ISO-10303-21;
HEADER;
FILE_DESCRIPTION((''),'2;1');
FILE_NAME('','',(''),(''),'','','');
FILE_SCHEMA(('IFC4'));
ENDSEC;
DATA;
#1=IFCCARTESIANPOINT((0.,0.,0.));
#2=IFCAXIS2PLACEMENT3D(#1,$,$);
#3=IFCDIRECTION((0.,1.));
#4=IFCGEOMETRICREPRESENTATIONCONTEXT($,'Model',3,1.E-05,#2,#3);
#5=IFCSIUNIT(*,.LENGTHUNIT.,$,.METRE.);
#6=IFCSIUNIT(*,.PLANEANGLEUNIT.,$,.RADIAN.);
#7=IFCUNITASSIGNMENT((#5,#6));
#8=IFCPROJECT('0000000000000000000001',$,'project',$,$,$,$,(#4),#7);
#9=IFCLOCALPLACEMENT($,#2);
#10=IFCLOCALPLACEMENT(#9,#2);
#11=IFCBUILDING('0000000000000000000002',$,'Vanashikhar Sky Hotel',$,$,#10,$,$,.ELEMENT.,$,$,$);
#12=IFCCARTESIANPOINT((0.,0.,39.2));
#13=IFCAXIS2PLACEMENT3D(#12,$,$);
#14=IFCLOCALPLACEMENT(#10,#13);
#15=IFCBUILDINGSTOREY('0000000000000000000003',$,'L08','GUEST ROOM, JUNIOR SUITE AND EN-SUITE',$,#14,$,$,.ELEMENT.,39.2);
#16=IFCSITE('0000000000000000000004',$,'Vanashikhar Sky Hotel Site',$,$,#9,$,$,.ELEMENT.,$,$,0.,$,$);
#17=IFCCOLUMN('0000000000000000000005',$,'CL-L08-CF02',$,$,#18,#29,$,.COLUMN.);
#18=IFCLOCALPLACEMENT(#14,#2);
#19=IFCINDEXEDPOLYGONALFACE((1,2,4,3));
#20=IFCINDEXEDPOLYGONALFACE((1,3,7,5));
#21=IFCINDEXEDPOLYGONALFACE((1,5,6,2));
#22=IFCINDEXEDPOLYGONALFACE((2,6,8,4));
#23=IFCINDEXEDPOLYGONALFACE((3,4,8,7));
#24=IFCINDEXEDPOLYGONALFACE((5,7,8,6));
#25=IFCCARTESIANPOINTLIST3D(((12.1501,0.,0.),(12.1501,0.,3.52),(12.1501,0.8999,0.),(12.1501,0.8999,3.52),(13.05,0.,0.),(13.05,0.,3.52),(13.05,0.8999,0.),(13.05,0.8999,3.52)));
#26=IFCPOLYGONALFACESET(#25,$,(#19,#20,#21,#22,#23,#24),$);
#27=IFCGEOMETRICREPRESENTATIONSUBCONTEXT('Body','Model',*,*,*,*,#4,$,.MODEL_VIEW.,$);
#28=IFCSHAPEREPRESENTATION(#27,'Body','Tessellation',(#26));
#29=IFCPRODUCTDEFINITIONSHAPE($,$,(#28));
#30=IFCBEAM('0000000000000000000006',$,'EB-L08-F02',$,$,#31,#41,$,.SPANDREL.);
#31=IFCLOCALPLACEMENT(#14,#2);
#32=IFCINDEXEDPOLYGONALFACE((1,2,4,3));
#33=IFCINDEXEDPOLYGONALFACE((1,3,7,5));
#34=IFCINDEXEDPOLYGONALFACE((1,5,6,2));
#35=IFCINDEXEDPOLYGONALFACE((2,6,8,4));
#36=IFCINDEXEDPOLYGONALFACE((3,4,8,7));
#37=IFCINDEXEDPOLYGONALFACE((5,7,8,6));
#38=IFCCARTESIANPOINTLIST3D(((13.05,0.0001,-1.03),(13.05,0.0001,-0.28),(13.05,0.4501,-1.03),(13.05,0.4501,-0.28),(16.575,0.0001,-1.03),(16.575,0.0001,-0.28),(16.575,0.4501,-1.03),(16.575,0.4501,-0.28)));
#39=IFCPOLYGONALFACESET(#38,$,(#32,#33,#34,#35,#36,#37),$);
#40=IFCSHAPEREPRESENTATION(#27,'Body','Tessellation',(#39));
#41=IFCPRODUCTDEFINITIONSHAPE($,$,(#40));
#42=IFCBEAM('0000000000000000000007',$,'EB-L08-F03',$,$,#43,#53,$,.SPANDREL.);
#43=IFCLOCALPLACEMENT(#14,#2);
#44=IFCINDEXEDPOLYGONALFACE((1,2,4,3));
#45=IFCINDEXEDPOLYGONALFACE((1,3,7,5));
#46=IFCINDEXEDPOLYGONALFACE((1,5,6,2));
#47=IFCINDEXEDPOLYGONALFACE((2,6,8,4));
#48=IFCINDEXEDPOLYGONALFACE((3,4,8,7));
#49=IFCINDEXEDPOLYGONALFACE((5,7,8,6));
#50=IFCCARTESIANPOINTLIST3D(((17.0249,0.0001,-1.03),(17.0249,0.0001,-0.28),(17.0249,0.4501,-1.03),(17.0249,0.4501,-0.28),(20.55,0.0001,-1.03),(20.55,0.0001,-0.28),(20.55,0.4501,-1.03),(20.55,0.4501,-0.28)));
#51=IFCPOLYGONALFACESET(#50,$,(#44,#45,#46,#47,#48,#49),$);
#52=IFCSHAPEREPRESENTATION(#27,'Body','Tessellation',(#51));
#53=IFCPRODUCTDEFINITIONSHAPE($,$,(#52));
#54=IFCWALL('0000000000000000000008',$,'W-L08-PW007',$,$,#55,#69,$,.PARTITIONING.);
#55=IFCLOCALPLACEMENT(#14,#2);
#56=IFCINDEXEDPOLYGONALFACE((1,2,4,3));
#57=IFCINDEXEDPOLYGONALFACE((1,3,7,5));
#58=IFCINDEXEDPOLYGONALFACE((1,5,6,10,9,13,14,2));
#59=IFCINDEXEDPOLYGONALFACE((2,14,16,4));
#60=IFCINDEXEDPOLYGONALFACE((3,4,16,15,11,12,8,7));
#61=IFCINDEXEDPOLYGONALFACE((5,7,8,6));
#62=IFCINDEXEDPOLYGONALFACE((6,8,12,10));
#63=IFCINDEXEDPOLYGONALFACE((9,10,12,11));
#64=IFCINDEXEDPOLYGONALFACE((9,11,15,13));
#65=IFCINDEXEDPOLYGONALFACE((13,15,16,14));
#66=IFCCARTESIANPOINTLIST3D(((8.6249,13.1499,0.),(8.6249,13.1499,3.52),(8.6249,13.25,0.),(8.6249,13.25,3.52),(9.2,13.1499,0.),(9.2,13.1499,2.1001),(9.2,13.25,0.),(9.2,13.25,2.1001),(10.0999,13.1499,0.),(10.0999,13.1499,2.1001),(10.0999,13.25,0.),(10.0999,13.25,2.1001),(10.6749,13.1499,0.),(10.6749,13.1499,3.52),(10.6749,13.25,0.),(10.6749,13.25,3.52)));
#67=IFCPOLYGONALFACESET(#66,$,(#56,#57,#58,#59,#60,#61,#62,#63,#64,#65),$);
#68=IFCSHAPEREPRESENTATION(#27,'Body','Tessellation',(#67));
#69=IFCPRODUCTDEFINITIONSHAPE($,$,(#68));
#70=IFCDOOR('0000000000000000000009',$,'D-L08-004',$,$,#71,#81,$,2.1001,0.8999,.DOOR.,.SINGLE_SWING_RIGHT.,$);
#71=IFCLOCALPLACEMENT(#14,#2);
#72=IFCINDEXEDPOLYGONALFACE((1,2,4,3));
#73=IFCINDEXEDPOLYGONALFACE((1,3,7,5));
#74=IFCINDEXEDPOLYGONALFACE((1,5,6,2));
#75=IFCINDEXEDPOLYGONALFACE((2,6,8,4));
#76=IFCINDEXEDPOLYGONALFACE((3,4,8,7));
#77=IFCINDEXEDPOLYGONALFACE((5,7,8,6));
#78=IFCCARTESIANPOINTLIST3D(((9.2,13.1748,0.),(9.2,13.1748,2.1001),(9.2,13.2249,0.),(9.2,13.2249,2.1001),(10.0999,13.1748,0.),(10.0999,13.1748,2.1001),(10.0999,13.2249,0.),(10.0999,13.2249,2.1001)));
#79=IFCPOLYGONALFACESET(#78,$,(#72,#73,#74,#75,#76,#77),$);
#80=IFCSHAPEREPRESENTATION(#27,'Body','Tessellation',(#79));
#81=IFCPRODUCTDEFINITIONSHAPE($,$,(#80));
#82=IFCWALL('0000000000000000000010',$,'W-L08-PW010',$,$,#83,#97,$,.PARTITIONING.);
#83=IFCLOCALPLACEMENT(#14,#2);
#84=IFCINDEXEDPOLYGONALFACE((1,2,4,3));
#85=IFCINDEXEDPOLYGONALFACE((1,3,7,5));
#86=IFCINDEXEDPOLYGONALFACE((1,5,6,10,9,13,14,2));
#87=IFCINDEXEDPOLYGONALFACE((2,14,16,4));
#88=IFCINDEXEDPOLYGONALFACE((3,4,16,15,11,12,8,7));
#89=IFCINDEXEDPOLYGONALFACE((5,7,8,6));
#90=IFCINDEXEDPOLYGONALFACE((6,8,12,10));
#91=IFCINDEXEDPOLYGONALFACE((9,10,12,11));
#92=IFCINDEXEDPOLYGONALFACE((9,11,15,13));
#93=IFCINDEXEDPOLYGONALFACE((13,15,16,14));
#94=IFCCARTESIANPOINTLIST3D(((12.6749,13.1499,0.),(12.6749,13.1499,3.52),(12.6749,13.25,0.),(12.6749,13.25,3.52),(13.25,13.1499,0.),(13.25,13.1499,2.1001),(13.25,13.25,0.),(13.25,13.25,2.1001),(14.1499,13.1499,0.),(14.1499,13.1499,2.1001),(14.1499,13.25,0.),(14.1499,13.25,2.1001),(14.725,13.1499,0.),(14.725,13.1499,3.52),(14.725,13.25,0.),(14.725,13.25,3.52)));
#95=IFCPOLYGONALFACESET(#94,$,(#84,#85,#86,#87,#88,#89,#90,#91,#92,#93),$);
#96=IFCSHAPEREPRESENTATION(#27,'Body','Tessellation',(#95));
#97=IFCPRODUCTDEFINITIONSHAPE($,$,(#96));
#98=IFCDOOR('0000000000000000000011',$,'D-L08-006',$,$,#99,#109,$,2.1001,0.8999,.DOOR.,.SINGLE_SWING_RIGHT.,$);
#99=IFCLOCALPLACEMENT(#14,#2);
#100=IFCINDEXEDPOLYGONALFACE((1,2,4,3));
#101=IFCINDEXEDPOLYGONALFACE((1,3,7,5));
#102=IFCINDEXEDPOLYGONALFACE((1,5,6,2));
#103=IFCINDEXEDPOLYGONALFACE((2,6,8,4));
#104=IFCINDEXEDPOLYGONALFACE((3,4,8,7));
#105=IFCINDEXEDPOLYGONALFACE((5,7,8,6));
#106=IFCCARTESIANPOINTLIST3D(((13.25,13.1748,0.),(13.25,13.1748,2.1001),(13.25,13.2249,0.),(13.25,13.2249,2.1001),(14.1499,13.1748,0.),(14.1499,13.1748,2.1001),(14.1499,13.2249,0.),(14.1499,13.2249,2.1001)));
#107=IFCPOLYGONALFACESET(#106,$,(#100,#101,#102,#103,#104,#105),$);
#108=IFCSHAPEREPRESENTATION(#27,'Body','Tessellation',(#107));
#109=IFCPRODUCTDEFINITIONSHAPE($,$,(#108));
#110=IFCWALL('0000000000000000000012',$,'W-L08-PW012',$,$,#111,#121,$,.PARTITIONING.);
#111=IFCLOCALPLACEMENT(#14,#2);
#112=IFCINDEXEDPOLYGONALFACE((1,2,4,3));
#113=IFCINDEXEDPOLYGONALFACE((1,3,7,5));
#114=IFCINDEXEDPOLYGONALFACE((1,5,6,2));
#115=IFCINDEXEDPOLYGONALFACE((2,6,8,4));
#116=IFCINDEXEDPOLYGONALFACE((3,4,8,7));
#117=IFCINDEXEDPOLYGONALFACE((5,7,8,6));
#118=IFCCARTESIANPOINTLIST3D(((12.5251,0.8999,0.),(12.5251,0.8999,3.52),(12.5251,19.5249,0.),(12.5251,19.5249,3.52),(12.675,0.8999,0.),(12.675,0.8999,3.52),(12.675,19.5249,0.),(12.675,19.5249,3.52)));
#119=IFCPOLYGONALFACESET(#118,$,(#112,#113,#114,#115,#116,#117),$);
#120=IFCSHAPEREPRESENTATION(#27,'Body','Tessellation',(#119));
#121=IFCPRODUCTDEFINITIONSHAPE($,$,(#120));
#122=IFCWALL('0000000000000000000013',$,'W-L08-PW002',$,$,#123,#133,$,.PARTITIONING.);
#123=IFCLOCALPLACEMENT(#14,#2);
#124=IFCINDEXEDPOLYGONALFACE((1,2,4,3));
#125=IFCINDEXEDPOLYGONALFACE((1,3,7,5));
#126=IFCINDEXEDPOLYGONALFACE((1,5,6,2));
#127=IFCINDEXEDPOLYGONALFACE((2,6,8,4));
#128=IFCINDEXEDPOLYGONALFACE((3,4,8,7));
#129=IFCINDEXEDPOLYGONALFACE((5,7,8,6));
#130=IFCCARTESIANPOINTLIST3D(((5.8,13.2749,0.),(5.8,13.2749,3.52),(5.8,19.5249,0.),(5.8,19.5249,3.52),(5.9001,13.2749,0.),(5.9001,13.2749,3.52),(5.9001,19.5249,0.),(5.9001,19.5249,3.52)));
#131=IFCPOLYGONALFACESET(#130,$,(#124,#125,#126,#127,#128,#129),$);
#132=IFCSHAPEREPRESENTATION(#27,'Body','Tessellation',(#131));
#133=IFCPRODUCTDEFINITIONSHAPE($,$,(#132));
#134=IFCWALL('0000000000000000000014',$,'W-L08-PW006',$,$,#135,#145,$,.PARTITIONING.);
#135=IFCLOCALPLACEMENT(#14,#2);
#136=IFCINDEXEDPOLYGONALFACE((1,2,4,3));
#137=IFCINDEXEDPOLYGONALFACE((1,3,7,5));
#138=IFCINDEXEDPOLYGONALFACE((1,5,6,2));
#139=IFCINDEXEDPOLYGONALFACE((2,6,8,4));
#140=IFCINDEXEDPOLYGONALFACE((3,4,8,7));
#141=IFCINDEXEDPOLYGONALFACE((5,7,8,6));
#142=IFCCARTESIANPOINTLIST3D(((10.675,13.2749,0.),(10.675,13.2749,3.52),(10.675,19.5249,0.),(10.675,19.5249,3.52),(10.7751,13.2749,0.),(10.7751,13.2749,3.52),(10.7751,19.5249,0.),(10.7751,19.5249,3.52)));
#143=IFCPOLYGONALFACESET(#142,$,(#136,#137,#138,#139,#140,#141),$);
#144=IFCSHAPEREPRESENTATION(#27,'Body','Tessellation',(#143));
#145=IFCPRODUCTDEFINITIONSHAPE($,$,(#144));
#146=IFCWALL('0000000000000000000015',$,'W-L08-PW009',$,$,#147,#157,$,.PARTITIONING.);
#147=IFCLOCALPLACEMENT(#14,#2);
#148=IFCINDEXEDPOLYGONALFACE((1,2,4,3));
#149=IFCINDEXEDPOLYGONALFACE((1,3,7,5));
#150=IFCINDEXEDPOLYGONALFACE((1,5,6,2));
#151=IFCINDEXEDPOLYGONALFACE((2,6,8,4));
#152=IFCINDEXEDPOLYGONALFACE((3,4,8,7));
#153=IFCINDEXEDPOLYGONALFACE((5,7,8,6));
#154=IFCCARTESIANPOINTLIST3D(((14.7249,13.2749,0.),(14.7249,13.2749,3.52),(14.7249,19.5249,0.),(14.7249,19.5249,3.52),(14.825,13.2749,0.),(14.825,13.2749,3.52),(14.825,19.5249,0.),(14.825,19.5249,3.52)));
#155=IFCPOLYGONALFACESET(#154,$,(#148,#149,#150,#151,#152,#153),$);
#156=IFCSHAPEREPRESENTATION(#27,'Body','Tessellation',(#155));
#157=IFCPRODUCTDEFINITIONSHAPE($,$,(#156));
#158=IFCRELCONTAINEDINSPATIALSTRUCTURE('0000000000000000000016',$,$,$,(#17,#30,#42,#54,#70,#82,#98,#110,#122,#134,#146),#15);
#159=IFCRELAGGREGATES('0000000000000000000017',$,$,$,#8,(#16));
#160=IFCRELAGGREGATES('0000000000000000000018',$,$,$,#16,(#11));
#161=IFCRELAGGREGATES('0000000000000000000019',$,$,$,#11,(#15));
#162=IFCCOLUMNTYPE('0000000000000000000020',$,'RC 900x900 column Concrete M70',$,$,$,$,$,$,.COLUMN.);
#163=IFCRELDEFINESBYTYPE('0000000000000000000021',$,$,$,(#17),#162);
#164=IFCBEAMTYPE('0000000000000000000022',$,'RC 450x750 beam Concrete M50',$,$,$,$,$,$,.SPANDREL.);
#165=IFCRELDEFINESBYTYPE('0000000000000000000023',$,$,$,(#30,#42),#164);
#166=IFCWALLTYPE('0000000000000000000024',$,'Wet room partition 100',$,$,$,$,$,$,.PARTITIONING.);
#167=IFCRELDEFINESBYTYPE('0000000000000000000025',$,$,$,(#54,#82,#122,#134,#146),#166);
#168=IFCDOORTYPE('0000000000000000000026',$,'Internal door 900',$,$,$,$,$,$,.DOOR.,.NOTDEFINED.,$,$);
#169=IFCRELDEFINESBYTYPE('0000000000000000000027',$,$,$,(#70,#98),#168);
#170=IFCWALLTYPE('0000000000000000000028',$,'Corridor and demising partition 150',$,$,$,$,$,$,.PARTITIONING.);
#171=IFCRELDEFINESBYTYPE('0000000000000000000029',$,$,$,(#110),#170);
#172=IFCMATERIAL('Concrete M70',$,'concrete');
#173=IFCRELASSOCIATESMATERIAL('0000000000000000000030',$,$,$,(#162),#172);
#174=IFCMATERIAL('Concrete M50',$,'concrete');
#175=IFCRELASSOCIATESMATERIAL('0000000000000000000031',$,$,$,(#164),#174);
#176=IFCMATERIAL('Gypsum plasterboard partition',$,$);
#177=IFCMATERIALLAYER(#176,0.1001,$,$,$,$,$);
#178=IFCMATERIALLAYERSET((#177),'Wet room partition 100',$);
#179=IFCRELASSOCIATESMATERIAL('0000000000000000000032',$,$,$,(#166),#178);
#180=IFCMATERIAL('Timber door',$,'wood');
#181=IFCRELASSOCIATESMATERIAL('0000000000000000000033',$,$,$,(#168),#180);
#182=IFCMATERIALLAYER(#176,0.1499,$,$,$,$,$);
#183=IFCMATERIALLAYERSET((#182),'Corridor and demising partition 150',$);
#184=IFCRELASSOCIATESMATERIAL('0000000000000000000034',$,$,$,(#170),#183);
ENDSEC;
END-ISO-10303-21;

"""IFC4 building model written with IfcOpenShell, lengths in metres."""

from ifc_helpers import new_model, si_unit, direction, frame, frame_2d, origin, origin_2d, place, context, subcontext, project, spatial, rectangle, extrude, source, transform, mapped, material, layer, layer_set, material_profile, profile_set, type_object, element, fill, save


model = new_model("IFC4")

# Units and contexts
model_context = context("Model", 3, precision=1e-05, world=origin(), true_north=direction((0.0, 1.0)))
body_context = subcontext(model_context, "Body", "Model", "MODEL_VIEW")
ifc_project = project(units=[si_unit("LENGTHUNIT", "METRE"), si_unit("PLANEANGLEUNIT", "RADIAN")], contexts=[model_context])

# Site, building, storey
site_placement = place(None, origin())
site = spatial("IfcSite", under=ifc_project, at=site_placement, Name="Vanashikhar Sky Hotel Site", CompositionType="ELEMENT", RefElevation=0.0)
building_placement = place(site_placement, origin())
building = spatial("IfcBuilding", under=site, at=building_placement, Name="Vanashikhar Sky Hotel", CompositionType="ELEMENT")
storey_placement = place(building_placement, frame((0.0, 0.0, 39.2)))
storey = spatial("IfcBuildingStorey", under=building, at=storey_placement, Name="L08", Description="GUEST ROOM, JUNIOR SUITE AND EN-SUITE", CompositionType="ELEMENT", Elevation=39.2)

# Column
ifc_material_1 = material(Name="Concrete M70", Category="concrete")
ifc_material_profile_1 = material_profile(ifc_material_1, rectangle(XDim=0.8999, YDim=0.8999, at=origin_2d()))
ifc_profile_set_1 = profile_set([ifc_material_profile_1], Name="RC 900x900 column Concrete M70")
column_type = type_object("IfcColumnType", Name="RC 900x900 column Concrete M70", PredefinedType="COLUMN", material=ifc_profile_set_1)
shared_shape_1 = source(origin(), body_context, "Body", "SweptSolid", [
    extrude(rectangle(XDim=0.8999, YDim=0.8999, at=origin_2d()), origin(), (0.0, 0.0, 1.0), 3.52),
])
column_placement = place(storey_placement, frame((12.6001, 0.45, 0.0), z_axis=(0.0, 0.0, 1.0), x_axis=(1.0, 0.0, 0.0)))
element("IfcColumn", 1, at=column_placement, inside=storey, type_object=column_type, Name="CL-L08-CF02", PredefinedType="COLUMN", context=body_context, shape_type="MappedRepresentation", body=[
    mapped(shared_shape_1, transform((0.0, 0.0, 0.0), scale=1.0)),
])

# Beams
ifc_material_2 = material(Name="Concrete M50", Category="concrete")
ifc_material_profile_2 = material_profile(ifc_material_2, rectangle(XDim=0.45, YDim=0.75, at=origin_2d()))
ifc_profile_set_2 = profile_set([ifc_material_profile_2], Name="RC 450x750 beam Concrete M50")
beam_type = type_object("IfcBeamType", Name="RC 450x750 beam Concrete M50", PredefinedType="SPANDREL", material=ifc_profile_set_2)
shared_shape_2 = source(origin(), body_context, "Body", "SweptSolid", [
    extrude(rectangle(XDim=0.45, YDim=0.75, at=origin_2d()), origin(), (0.0, 0.0, 1.0), 3.5249),
])
beam_1_placement = place(storey_placement, frame((13.05, 0.2251, -0.655), z_axis=(1.0, 0.0, 0.0), x_axis=(0.0, 1.0, 0.0)))
element("IfcBeam", 2, at=beam_1_placement, inside=storey, type_object=beam_type, Name="EB-L08-F02", PredefinedType="SPANDREL", context=body_context, shape_type="MappedRepresentation", body=[
    mapped(shared_shape_2, transform((0.0, 0.0, 0.0), scale=1.0)),
])
shared_shape_3 = source(origin(), body_context, "Body", "SweptSolid", [
    extrude(rectangle(XDim=0.45, YDim=0.75, at=origin_2d()), origin(), (0.0, 0.0, 1.0), 3.5251),
])
beam_2_placement = place(storey_placement, frame((17.0249, 0.2251, -0.655), z_axis=(1.0, 0.0, 0.0), x_axis=(0.0, 1.0, 0.0)))
element("IfcBeam", 3, at=beam_2_placement, inside=storey, type_object=beam_type, Name="EB-L08-F03", PredefinedType="SPANDREL", context=body_context, shape_type="MappedRepresentation", body=[
    mapped(shared_shape_3, transform((0.0, 0.0, 0.0), scale=1.0)),
])

# Walls, openings, doors
ifc_material_3 = material(Name="Gypsum plasterboard partition")
ifc_layer_1 = layer(ifc_material_3, 0.1001)
ifc_layer_set_1 = layer_set([ifc_layer_1], Name="Wet room partition 100")
wall_type_1 = type_object("IfcWallType", Name="Wet room partition 100", PredefinedType="PARTITIONING", material=ifc_layer_set_1)
shared_shape_4 = source(origin(), body_context, "Body", "SweptSolid", [
    extrude(rectangle(XDim=2.05, YDim=0.1001, at=frame_2d((1.0249, 0.0))), origin(), (0.0, 0.0, 1.0), 3.52),
])
wall_1_placement = place(storey_placement, frame((8.625, 13.2, 0.0), z_axis=(0.0, 0.0, 1.0), x_axis=(1.0, 0.0, 0.0)))
wall_1 = element("IfcWall", 4, at=wall_1_placement, inside=storey, type_object=wall_type_1, Name="W-L08-PW007", PredefinedType="PARTITIONING", context=body_context, shape_type="MappedRepresentation", body=[
    mapped(shared_shape_4, transform((0.0, 0.0, 0.0), scale=1.0)),
])
shared_shape_5 = source(origin(), body_context, "Body", "SweptSolid", [
    extrude(rectangle(XDim=0.8999, YDim=2.1001, at=frame_2d((0.45, 1.05))), frame((0.0, 0.0601, 0.0), z_axis=(0.0, -1.0, 0.0), x_axis=(1.0, 0.0, 0.0)), (0.0, 0.0, 1.0), 0.1201),
])
opening_1_placement = place(wall_1_placement, frame((0.575, 0.0, 0.0)))
opening_1 = element("IfcOpeningElement", 5, at=opening_1_placement, cuts=wall_1, PredefinedType="OPENING", context=body_context, shape_type="MappedRepresentation", body=[
    mapped(shared_shape_5, transform((0.0, 0.0, 0.0), scale=1.0)),
])
ifc_material_4 = material(Name="Timber door", Category="wood")
door_type_1 = type_object("IfcDoorType", Name="Internal door 900", OperationType="NOTDEFINED", PredefinedType="DOOR", material=ifc_material_4)
shared_shape_6 = source(origin(), body_context, "Body", "SweptSolid", [
    extrude(rectangle(XDim=0.8999, YDim=2.1001, at=frame_2d((0.45, 1.05))), frame((0.0, 0.0249, 0.0), z_axis=(0.0, -1.0, 0.0), x_axis=(1.0, 0.0, 0.0)), (0.0, 0.0, 1.0), 0.05),
])
door_1_placement = place(opening_1_placement, origin())
door_1 = element("IfcDoor", 6, at=door_1_placement, inside=storey, type_object=door_type_1, Name="D-L08-004", OperationType="SINGLE_SWING_RIGHT", OverallHeight=2.1001, OverallWidth=0.8999, PredefinedType="DOOR", context=body_context, shape_type="MappedRepresentation", body=[
    mapped(shared_shape_6, transform((0.0, 0.0, 0.0), scale=1.0)),
])
fill(opening_1, door_1)
wall_2_placement = place(storey_placement, frame((12.675, 13.2, 0.0), z_axis=(0.0, 0.0, 1.0), x_axis=(1.0, 0.0, 0.0)))
wall_2 = element("IfcWall", 7, at=wall_2_placement, inside=storey, type_object=wall_type_1, Name="W-L08-PW010", PredefinedType="PARTITIONING", context=body_context, shape_type="MappedRepresentation", body=[
    mapped(shared_shape_4, transform((0.0, 0.0, 0.0), scale=1.0)),
])
opening_2_placement = place(wall_2_placement, frame((0.575, 0.0, 0.0)))
opening_2 = element("IfcOpeningElement", 8, at=opening_2_placement, cuts=wall_2, PredefinedType="OPENING", context=body_context, shape_type="MappedRepresentation", body=[
    mapped(shared_shape_5, transform((0.0, 0.0, 0.0), scale=1.0)),
])
door_2_placement = place(opening_2_placement, origin())
door_2 = element("IfcDoor", 9, at=door_2_placement, inside=storey, type_object=door_type_1, Name="D-L08-006", OperationType="SINGLE_SWING_RIGHT", OverallHeight=2.1001, OverallWidth=0.8999, PredefinedType="DOOR", context=body_context, shape_type="MappedRepresentation", body=[
    mapped(shared_shape_6, transform((0.0, 0.0, 0.0), scale=1.0)),
])
fill(opening_2, door_2)

# Walls
ifc_layer_2 = layer(ifc_material_3, 0.1499)
ifc_layer_set_2 = layer_set([ifc_layer_2], Name="Corridor and demising partition 150")
wall_type_2 = type_object("IfcWallType", Name="Corridor and demising partition 150", PredefinedType="PARTITIONING", material=ifc_layer_set_2)
shared_shape_7 = source(origin(), body_context, "Body", "SweptSolid", [
    extrude(rectangle(XDim=18.625, YDim=0.1499, at=frame_2d((9.3125, 0.0))), origin(), (0.0, 0.0, 1.0), 3.52),
])
wall_3_placement = place(storey_placement, frame((12.6001, 0.8999, 0.0), z_axis=(0.0, 0.0, 1.0), x_axis=(0.0, 1.0, 0.0)))
element("IfcWall", 10, at=wall_3_placement, inside=storey, type_object=wall_type_2, Name="W-L08-PW012", PredefinedType="PARTITIONING", context=body_context, shape_type="MappedRepresentation", body=[
    mapped(shared_shape_7, transform((0.0, 0.0, 0.0), scale=1.0)),
])
shared_shape_8 = source(origin(), body_context, "Body", "SweptSolid", [
    extrude(rectangle(XDim=6.25, YDim=0.1001, at=frame_2d((3.125, 0.0))), origin(), (0.0, 0.0, 1.0), 3.52),
])
for number, where, z_axis, x_axis, name in (
    (11, (5.8501, 13.2749, 0.0), (0.0, 0.0, 1.0), (0.0, 1.0, 0.0), "W-L08-PW002"),
    (12, (10.7251, 13.2749, 0.0), (0.0, 0.0, 1.0), (0.0, 1.0, 0.0), "W-L08-PW006"),
    (13, (14.7749, 13.2749, 0.0), (0.0, 0.0, 1.0), (0.0, 1.0, 0.0), "W-L08-PW009"),
):
    element("IfcWall", number, at=place(storey_placement, frame(where, z_axis=z_axis, x_axis=x_axis)), inside=storey, type_object=wall_type_1, Name=name, PredefinedType="PARTITIONING", context=body_context, shape_type="MappedRepresentation", body=[
        mapped(shared_shape_8, transform((0.0, 0.0, 0.0), scale=1.0)),
    ])

save(model, "model.ifc")
